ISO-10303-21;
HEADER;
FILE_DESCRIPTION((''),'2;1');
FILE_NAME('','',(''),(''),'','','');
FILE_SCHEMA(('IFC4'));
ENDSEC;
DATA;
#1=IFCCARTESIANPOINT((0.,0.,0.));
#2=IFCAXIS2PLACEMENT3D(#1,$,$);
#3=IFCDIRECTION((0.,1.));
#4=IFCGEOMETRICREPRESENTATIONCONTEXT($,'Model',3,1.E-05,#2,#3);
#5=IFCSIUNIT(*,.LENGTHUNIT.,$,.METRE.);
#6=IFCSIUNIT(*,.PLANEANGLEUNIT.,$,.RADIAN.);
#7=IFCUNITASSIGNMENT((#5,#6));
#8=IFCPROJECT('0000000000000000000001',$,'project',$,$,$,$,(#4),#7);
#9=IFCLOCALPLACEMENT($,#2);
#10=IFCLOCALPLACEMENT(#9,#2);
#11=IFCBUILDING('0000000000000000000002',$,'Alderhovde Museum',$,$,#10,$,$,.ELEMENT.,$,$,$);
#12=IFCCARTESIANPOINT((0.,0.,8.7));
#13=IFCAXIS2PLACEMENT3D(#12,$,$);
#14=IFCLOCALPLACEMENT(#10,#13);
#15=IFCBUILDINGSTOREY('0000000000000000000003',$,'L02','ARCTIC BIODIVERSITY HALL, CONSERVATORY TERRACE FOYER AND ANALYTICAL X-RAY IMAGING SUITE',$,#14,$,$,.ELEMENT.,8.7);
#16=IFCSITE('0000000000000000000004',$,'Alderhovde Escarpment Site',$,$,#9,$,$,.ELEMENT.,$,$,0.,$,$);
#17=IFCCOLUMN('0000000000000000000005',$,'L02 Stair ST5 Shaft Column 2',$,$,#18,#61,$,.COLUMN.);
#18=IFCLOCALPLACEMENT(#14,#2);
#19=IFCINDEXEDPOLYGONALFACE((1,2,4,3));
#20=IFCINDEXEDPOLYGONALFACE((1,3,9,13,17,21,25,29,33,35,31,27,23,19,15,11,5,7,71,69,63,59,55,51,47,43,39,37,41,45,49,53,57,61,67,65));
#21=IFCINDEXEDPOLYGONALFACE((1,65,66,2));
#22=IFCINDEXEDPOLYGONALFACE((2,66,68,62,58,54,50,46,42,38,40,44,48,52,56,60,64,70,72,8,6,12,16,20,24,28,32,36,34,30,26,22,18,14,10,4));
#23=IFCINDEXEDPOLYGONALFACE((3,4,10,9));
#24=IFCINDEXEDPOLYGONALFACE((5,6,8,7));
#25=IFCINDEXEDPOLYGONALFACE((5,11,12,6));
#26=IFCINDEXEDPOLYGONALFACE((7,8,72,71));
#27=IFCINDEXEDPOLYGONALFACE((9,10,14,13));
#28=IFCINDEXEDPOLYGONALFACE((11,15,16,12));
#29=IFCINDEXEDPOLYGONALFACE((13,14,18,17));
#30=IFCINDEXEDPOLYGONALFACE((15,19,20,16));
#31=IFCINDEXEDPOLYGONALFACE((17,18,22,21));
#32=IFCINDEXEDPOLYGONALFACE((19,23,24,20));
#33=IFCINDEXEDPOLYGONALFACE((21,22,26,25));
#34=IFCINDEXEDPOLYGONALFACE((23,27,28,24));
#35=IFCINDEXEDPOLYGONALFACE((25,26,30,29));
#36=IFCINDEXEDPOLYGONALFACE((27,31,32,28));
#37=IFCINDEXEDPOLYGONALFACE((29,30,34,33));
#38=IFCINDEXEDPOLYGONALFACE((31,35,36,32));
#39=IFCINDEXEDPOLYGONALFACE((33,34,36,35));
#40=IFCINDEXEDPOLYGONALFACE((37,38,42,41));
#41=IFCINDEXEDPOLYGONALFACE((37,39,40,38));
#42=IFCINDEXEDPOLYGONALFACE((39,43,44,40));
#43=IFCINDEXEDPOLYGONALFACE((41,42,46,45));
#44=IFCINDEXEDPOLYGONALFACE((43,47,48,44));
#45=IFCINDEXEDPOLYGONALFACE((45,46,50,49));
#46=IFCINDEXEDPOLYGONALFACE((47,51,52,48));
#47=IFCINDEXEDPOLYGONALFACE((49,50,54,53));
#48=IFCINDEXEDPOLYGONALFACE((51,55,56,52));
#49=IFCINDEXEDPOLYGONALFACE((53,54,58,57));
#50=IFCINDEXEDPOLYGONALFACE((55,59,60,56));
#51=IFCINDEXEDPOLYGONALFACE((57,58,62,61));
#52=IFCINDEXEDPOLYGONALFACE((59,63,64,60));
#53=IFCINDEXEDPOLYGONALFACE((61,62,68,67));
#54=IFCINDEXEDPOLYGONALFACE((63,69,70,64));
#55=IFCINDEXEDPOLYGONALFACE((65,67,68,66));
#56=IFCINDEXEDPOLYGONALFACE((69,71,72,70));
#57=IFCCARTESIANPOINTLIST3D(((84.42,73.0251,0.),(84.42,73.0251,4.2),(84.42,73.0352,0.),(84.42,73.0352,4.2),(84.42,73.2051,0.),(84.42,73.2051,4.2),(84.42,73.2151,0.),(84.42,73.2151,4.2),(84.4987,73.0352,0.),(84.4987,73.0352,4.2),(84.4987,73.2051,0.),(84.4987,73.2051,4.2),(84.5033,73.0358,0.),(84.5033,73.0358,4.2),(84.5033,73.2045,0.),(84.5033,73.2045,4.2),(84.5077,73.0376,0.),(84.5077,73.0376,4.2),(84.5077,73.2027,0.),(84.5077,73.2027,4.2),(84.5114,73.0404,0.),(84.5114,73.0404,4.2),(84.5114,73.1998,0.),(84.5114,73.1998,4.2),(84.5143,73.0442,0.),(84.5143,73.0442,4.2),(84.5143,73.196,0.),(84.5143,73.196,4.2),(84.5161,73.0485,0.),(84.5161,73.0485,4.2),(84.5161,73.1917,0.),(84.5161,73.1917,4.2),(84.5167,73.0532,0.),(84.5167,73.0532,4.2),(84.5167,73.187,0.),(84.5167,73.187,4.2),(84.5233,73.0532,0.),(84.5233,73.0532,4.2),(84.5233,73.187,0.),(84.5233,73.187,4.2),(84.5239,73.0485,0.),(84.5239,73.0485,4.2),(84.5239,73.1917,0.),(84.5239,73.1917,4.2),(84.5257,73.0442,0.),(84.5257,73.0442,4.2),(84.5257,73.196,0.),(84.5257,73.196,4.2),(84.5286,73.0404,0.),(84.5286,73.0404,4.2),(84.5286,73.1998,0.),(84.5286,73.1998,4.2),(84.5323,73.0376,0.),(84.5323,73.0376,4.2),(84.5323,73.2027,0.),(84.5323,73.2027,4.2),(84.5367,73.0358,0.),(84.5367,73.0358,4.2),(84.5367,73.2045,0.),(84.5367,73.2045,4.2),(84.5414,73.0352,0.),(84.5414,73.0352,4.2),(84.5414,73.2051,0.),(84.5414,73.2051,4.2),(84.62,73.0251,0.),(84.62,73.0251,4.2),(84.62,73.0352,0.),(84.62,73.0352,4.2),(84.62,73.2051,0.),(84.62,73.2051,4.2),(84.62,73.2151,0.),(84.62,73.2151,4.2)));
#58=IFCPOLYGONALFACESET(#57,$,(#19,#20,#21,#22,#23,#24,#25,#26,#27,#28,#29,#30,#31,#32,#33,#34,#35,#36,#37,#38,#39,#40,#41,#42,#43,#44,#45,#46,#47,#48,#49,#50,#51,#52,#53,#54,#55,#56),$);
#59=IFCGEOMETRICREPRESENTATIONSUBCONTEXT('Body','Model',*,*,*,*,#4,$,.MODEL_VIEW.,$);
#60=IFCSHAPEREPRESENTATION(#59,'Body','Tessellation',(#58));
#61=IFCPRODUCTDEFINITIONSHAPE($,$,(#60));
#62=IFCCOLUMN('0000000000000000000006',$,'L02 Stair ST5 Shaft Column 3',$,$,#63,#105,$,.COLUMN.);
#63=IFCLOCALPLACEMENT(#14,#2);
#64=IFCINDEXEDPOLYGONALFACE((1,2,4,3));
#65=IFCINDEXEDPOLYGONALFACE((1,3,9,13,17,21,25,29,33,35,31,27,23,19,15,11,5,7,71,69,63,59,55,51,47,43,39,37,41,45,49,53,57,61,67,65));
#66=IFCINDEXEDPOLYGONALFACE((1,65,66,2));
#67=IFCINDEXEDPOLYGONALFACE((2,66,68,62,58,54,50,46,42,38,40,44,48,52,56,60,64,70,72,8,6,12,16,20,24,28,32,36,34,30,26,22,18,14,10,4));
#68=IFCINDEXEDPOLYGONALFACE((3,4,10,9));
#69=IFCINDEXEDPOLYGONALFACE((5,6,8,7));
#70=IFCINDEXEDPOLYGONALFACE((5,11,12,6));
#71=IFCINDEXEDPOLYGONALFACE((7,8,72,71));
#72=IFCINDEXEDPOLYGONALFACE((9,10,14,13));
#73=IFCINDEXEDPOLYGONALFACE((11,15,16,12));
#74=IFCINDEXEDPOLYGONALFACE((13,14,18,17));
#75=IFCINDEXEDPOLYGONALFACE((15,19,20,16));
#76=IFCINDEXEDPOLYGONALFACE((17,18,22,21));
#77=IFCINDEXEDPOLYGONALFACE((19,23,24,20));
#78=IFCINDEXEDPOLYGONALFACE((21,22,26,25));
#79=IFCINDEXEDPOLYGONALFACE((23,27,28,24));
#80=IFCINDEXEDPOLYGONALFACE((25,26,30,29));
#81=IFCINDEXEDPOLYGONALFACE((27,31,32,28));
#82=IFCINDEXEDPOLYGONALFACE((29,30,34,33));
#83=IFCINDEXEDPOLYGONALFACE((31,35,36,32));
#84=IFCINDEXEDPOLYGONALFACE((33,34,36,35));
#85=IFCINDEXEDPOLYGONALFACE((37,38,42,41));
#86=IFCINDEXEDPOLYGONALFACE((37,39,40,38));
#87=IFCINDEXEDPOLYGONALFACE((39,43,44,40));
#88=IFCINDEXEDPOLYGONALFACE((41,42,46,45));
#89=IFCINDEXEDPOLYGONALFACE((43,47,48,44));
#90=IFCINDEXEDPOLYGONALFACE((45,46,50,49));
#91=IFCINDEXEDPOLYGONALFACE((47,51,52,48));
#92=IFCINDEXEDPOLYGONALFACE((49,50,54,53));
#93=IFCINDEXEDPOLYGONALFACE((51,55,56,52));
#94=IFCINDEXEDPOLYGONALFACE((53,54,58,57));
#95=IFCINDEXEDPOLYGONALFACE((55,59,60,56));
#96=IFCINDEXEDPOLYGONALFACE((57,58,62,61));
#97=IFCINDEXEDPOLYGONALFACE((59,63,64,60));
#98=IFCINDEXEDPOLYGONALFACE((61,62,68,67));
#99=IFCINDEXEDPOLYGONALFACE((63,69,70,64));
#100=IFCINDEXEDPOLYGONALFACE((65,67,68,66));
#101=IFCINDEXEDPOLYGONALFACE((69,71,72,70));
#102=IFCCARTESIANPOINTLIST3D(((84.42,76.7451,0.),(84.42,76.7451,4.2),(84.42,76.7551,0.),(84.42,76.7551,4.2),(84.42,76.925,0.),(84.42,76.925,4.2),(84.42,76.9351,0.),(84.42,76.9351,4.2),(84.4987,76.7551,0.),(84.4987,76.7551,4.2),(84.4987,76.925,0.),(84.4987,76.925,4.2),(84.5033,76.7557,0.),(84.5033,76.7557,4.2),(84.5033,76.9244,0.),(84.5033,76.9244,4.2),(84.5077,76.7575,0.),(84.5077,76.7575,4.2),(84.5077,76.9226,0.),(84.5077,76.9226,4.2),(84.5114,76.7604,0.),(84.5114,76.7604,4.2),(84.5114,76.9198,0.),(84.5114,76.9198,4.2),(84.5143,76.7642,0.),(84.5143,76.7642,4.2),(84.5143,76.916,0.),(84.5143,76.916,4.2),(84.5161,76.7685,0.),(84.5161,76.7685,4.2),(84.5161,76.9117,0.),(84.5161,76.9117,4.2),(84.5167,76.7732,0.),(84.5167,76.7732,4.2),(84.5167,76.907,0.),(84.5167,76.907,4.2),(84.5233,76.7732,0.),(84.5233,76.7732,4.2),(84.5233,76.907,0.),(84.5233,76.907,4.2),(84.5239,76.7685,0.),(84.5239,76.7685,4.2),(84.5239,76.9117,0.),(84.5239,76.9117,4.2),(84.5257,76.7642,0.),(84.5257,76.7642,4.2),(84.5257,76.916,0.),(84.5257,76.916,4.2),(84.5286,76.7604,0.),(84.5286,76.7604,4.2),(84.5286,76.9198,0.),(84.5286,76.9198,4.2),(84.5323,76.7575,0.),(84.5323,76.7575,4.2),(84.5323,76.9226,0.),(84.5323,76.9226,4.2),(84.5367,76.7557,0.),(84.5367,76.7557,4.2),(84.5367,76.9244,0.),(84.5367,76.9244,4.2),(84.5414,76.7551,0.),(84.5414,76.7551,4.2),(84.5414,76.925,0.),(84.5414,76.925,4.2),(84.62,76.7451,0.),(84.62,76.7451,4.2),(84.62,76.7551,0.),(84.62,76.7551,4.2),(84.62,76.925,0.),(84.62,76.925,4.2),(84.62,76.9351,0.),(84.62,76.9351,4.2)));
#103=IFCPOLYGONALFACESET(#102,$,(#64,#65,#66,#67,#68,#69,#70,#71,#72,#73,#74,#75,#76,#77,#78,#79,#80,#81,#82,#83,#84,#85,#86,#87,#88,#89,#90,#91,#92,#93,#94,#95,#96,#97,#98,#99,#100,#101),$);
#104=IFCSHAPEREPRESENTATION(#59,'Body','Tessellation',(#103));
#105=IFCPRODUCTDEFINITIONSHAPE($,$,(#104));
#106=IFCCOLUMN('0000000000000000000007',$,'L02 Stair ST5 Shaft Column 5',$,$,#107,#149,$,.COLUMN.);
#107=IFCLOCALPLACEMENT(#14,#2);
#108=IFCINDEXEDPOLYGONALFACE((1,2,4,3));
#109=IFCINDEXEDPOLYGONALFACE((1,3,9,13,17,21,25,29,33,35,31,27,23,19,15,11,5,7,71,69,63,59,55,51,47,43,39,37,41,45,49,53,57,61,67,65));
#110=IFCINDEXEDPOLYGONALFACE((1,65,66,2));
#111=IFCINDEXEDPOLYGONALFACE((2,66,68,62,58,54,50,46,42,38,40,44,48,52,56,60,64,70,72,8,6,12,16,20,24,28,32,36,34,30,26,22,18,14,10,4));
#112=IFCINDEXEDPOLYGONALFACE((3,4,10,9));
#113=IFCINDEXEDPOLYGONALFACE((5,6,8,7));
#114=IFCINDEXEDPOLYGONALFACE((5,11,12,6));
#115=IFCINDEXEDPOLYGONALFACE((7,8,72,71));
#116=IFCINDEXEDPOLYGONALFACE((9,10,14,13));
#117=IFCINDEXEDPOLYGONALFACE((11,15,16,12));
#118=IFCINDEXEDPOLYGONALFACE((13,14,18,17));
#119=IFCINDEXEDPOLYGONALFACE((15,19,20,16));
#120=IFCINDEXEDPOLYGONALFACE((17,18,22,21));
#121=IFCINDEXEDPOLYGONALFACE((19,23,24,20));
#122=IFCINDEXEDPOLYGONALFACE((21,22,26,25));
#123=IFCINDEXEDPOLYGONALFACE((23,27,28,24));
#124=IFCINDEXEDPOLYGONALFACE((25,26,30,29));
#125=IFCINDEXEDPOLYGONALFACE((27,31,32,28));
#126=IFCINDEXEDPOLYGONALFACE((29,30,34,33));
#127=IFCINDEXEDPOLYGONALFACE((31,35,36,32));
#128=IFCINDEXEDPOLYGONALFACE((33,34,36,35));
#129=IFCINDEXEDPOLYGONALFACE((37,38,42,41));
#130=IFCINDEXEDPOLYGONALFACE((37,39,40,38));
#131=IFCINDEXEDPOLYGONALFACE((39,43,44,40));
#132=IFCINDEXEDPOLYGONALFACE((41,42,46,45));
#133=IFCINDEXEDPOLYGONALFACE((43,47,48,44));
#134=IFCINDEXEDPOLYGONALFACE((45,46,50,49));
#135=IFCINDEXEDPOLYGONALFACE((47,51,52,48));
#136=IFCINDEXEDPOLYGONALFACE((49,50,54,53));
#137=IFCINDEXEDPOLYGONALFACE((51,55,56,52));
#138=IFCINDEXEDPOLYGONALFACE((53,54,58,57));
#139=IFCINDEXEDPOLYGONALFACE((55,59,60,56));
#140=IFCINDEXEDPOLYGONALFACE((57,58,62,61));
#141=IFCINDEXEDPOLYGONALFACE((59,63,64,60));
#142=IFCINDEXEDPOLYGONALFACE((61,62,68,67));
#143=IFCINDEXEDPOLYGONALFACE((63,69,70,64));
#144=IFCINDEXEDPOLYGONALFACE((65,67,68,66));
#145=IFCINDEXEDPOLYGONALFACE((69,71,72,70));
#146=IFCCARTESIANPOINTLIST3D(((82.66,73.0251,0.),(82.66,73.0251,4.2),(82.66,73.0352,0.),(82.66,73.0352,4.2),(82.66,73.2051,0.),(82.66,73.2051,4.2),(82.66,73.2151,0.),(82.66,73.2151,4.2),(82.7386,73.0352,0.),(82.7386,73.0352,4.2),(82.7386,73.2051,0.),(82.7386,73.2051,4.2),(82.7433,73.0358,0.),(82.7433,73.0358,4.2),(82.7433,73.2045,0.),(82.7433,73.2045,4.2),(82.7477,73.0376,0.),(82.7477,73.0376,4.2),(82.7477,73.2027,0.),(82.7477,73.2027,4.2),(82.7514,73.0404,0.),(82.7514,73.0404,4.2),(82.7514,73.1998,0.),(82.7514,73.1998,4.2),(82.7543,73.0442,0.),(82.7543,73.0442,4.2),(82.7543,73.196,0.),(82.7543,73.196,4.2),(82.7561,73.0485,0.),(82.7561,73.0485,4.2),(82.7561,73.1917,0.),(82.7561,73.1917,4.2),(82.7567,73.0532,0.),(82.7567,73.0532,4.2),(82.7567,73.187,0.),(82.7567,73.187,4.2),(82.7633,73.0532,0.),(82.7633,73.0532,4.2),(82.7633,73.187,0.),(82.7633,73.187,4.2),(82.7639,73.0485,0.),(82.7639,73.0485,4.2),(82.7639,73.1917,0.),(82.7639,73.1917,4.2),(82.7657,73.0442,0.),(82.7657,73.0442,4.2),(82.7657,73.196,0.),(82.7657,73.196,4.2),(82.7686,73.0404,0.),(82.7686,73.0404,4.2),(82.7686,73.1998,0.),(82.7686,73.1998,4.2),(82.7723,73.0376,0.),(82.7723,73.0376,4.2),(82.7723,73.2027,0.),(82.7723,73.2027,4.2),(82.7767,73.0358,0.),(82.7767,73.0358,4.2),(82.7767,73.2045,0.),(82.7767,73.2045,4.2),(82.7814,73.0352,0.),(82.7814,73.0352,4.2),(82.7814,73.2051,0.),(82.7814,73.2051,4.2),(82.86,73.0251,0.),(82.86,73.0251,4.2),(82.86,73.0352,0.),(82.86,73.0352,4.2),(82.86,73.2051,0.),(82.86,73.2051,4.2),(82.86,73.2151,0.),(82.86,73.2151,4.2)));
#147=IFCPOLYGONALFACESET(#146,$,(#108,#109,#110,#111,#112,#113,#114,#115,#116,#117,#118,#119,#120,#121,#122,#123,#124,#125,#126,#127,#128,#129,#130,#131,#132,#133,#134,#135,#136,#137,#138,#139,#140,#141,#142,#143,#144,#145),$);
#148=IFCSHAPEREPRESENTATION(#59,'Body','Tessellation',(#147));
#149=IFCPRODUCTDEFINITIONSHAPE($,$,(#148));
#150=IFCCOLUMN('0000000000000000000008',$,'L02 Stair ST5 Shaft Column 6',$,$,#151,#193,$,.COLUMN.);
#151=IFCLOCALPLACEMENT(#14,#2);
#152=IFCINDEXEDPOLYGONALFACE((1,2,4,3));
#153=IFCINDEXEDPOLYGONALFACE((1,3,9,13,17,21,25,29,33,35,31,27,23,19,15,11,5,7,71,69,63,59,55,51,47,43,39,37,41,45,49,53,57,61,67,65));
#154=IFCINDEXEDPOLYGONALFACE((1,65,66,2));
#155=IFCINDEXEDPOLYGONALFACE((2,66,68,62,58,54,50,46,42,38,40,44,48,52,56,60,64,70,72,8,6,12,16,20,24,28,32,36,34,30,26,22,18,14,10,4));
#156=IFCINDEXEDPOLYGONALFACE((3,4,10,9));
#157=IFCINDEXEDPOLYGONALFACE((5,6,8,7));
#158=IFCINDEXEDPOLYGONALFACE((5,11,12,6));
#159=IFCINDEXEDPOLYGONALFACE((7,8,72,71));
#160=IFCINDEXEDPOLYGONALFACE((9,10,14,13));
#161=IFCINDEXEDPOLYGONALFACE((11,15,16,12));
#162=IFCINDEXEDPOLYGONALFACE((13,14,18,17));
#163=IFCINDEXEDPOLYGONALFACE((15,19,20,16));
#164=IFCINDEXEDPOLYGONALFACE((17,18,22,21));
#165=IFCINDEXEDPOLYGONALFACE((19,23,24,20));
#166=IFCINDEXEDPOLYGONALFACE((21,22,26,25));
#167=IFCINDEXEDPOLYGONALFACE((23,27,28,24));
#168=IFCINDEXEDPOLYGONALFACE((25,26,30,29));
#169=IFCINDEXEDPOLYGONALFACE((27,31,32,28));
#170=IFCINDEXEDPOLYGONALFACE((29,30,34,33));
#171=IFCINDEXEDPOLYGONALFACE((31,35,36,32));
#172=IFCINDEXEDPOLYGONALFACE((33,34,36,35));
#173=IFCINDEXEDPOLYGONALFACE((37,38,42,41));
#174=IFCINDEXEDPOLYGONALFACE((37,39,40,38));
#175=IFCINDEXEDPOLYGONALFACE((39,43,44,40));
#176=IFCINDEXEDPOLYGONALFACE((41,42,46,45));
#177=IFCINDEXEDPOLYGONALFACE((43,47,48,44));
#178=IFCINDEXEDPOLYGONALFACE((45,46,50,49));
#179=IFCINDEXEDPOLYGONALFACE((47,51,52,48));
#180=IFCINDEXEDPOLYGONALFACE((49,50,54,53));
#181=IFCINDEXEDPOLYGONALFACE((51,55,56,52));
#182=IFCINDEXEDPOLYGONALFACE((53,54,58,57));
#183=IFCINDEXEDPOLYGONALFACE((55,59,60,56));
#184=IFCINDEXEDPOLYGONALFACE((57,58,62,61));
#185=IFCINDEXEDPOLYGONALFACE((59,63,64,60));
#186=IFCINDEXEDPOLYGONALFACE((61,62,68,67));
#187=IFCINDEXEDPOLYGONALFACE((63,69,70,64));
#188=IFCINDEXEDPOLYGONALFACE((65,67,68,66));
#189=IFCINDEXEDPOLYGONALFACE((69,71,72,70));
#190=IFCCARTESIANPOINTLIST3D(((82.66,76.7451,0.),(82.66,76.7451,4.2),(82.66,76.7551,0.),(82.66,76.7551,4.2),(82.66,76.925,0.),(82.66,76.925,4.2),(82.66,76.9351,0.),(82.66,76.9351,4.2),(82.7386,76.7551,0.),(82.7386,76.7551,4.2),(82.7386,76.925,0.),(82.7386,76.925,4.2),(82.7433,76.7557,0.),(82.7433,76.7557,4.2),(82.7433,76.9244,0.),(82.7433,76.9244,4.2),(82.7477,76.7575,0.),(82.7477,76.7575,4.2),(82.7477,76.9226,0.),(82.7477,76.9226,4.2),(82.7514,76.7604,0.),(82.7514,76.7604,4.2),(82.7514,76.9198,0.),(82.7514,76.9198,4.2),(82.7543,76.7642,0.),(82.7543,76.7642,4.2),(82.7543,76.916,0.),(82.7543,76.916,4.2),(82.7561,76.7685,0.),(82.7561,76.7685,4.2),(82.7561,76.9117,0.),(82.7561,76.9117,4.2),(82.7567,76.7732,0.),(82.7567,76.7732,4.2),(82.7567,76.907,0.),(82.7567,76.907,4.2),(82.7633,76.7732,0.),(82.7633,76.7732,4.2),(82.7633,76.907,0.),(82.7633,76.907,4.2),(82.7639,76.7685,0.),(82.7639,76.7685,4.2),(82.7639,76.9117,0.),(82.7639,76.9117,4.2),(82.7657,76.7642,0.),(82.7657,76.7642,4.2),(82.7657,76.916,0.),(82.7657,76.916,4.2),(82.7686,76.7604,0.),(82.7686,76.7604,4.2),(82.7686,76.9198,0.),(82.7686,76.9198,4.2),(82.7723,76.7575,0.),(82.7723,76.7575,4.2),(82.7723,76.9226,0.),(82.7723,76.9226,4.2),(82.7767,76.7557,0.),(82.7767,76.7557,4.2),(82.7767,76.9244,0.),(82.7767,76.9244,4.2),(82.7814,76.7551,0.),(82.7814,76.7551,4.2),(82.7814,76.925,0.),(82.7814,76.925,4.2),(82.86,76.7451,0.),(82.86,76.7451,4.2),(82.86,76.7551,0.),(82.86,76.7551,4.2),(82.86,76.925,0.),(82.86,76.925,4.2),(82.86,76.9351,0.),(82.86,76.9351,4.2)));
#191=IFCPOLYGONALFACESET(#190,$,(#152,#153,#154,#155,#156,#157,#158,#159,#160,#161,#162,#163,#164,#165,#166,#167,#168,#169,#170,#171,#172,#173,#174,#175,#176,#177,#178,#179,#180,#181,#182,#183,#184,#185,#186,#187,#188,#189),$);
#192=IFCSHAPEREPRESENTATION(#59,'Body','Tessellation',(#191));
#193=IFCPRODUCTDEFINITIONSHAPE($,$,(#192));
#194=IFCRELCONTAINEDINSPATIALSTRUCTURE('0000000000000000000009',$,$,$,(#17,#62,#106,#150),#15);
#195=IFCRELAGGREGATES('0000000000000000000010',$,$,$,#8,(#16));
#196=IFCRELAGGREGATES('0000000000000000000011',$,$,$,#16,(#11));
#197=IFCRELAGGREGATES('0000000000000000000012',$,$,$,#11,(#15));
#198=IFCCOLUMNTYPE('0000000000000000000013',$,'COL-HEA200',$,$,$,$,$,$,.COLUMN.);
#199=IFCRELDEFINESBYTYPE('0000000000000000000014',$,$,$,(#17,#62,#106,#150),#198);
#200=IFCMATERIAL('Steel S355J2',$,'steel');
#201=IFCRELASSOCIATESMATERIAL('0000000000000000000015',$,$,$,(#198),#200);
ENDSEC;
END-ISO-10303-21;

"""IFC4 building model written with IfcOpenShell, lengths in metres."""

from ifc_helpers import new_model, si_unit, direction, frame, origin, origin_2d, place, context, subcontext, project, spatial, i_section, extrude, material, material_profile, profile_set, type_object, element, save


model = new_model("IFC4")

# Units and contexts
model_context = context("Model", 3, precision=1e-05, world=origin(), true_north=direction((0.0, 1.0)))
body_context = subcontext(model_context, "Body", "Model", "MODEL_VIEW")
ifc_project = project(units=[si_unit("LENGTHUNIT", "METRE"), si_unit("PLANEANGLEUNIT", "RADIAN")], contexts=[model_context])

# Site, building, storey
site_placement = place(None, origin())
site = spatial("IfcSite", under=ifc_project, at=site_placement, Name="Alderhovde Escarpment Site", CompositionType="ELEMENT", RefElevation=0.0)
building_placement = place(site_placement, origin())
building = spatial("IfcBuilding", under=site, at=building_placement, Name="Alderhovde Museum", CompositionType="ELEMENT")
storey_placement = place(building_placement, frame((0.0, 0.0, 8.7)))
storey = spatial("IfcBuildingStorey", under=building, at=storey_placement, Name="L02", Description="ARCTIC BIODIVERSITY HALL, CONSERVATORY TERRACE FOYER AND ANALYTICAL X-RAY IMAGING SUITE", CompositionType="ELEMENT", Elevation=8.7)

# Columns
ifc_material_1 = material(Name="Steel S355J2", Category="steel")
ifc_material_profile_1 = material_profile(ifc_material_1, i_section(OverallWidth=0.2, OverallDepth=0.1899, WebThickness=0.0066, FlangeThickness=0.01, FilletRadius=0.0181, at=origin_2d()), Name="HEA 200")
ifc_profile_set_1 = profile_set([ifc_material_profile_1], Name="Steel S355J2")
column_type_1 = type_object("IfcColumnType", Name="COL-HEA200", PredefinedType="COLUMN", material=ifc_profile_set_1)
for number, where, z_axis, x_axis, name in (
    (1, (84.52, 73.1201, 0.0), (0.0, 0.0, 1.0), (1.0, 0.0, 0.0), "L02 Stair ST5 Shaft Column 2"),
    (2, (84.52, 76.8401, 0.0), (0.0, 0.0, 1.0), (1.0, 0.0, 0.0), "L02 Stair ST5 Shaft Column 3"),
    (3, (82.76, 73.1201, 0.0), (0.0, 0.0, 1.0), (1.0, 0.0, 0.0), "L02 Stair ST5 Shaft Column 5"),
    (4, (82.76, 76.8401, 0.0), (0.0, 0.0, 1.0), (1.0, 0.0, 0.0), "L02 Stair ST5 Shaft Column 6"),
):
    element("IfcColumn", number, at=place(storey_placement, frame(where, z_axis=z_axis, x_axis=x_axis)), inside=storey, type_object=column_type_1, Name=name, PredefinedType="COLUMN", context=body_context, shape_type="SweptSolid", body=[
        extrude(i_section(OverallWidth=0.2, OverallDepth=0.1899, WebThickness=0.0066, FlangeThickness=0.01, FilletRadius=0.0181, at=origin_2d()), origin(), (0.0, 0.0, 1.0), 4.2),
    ])

save(model, "model.ifc")
